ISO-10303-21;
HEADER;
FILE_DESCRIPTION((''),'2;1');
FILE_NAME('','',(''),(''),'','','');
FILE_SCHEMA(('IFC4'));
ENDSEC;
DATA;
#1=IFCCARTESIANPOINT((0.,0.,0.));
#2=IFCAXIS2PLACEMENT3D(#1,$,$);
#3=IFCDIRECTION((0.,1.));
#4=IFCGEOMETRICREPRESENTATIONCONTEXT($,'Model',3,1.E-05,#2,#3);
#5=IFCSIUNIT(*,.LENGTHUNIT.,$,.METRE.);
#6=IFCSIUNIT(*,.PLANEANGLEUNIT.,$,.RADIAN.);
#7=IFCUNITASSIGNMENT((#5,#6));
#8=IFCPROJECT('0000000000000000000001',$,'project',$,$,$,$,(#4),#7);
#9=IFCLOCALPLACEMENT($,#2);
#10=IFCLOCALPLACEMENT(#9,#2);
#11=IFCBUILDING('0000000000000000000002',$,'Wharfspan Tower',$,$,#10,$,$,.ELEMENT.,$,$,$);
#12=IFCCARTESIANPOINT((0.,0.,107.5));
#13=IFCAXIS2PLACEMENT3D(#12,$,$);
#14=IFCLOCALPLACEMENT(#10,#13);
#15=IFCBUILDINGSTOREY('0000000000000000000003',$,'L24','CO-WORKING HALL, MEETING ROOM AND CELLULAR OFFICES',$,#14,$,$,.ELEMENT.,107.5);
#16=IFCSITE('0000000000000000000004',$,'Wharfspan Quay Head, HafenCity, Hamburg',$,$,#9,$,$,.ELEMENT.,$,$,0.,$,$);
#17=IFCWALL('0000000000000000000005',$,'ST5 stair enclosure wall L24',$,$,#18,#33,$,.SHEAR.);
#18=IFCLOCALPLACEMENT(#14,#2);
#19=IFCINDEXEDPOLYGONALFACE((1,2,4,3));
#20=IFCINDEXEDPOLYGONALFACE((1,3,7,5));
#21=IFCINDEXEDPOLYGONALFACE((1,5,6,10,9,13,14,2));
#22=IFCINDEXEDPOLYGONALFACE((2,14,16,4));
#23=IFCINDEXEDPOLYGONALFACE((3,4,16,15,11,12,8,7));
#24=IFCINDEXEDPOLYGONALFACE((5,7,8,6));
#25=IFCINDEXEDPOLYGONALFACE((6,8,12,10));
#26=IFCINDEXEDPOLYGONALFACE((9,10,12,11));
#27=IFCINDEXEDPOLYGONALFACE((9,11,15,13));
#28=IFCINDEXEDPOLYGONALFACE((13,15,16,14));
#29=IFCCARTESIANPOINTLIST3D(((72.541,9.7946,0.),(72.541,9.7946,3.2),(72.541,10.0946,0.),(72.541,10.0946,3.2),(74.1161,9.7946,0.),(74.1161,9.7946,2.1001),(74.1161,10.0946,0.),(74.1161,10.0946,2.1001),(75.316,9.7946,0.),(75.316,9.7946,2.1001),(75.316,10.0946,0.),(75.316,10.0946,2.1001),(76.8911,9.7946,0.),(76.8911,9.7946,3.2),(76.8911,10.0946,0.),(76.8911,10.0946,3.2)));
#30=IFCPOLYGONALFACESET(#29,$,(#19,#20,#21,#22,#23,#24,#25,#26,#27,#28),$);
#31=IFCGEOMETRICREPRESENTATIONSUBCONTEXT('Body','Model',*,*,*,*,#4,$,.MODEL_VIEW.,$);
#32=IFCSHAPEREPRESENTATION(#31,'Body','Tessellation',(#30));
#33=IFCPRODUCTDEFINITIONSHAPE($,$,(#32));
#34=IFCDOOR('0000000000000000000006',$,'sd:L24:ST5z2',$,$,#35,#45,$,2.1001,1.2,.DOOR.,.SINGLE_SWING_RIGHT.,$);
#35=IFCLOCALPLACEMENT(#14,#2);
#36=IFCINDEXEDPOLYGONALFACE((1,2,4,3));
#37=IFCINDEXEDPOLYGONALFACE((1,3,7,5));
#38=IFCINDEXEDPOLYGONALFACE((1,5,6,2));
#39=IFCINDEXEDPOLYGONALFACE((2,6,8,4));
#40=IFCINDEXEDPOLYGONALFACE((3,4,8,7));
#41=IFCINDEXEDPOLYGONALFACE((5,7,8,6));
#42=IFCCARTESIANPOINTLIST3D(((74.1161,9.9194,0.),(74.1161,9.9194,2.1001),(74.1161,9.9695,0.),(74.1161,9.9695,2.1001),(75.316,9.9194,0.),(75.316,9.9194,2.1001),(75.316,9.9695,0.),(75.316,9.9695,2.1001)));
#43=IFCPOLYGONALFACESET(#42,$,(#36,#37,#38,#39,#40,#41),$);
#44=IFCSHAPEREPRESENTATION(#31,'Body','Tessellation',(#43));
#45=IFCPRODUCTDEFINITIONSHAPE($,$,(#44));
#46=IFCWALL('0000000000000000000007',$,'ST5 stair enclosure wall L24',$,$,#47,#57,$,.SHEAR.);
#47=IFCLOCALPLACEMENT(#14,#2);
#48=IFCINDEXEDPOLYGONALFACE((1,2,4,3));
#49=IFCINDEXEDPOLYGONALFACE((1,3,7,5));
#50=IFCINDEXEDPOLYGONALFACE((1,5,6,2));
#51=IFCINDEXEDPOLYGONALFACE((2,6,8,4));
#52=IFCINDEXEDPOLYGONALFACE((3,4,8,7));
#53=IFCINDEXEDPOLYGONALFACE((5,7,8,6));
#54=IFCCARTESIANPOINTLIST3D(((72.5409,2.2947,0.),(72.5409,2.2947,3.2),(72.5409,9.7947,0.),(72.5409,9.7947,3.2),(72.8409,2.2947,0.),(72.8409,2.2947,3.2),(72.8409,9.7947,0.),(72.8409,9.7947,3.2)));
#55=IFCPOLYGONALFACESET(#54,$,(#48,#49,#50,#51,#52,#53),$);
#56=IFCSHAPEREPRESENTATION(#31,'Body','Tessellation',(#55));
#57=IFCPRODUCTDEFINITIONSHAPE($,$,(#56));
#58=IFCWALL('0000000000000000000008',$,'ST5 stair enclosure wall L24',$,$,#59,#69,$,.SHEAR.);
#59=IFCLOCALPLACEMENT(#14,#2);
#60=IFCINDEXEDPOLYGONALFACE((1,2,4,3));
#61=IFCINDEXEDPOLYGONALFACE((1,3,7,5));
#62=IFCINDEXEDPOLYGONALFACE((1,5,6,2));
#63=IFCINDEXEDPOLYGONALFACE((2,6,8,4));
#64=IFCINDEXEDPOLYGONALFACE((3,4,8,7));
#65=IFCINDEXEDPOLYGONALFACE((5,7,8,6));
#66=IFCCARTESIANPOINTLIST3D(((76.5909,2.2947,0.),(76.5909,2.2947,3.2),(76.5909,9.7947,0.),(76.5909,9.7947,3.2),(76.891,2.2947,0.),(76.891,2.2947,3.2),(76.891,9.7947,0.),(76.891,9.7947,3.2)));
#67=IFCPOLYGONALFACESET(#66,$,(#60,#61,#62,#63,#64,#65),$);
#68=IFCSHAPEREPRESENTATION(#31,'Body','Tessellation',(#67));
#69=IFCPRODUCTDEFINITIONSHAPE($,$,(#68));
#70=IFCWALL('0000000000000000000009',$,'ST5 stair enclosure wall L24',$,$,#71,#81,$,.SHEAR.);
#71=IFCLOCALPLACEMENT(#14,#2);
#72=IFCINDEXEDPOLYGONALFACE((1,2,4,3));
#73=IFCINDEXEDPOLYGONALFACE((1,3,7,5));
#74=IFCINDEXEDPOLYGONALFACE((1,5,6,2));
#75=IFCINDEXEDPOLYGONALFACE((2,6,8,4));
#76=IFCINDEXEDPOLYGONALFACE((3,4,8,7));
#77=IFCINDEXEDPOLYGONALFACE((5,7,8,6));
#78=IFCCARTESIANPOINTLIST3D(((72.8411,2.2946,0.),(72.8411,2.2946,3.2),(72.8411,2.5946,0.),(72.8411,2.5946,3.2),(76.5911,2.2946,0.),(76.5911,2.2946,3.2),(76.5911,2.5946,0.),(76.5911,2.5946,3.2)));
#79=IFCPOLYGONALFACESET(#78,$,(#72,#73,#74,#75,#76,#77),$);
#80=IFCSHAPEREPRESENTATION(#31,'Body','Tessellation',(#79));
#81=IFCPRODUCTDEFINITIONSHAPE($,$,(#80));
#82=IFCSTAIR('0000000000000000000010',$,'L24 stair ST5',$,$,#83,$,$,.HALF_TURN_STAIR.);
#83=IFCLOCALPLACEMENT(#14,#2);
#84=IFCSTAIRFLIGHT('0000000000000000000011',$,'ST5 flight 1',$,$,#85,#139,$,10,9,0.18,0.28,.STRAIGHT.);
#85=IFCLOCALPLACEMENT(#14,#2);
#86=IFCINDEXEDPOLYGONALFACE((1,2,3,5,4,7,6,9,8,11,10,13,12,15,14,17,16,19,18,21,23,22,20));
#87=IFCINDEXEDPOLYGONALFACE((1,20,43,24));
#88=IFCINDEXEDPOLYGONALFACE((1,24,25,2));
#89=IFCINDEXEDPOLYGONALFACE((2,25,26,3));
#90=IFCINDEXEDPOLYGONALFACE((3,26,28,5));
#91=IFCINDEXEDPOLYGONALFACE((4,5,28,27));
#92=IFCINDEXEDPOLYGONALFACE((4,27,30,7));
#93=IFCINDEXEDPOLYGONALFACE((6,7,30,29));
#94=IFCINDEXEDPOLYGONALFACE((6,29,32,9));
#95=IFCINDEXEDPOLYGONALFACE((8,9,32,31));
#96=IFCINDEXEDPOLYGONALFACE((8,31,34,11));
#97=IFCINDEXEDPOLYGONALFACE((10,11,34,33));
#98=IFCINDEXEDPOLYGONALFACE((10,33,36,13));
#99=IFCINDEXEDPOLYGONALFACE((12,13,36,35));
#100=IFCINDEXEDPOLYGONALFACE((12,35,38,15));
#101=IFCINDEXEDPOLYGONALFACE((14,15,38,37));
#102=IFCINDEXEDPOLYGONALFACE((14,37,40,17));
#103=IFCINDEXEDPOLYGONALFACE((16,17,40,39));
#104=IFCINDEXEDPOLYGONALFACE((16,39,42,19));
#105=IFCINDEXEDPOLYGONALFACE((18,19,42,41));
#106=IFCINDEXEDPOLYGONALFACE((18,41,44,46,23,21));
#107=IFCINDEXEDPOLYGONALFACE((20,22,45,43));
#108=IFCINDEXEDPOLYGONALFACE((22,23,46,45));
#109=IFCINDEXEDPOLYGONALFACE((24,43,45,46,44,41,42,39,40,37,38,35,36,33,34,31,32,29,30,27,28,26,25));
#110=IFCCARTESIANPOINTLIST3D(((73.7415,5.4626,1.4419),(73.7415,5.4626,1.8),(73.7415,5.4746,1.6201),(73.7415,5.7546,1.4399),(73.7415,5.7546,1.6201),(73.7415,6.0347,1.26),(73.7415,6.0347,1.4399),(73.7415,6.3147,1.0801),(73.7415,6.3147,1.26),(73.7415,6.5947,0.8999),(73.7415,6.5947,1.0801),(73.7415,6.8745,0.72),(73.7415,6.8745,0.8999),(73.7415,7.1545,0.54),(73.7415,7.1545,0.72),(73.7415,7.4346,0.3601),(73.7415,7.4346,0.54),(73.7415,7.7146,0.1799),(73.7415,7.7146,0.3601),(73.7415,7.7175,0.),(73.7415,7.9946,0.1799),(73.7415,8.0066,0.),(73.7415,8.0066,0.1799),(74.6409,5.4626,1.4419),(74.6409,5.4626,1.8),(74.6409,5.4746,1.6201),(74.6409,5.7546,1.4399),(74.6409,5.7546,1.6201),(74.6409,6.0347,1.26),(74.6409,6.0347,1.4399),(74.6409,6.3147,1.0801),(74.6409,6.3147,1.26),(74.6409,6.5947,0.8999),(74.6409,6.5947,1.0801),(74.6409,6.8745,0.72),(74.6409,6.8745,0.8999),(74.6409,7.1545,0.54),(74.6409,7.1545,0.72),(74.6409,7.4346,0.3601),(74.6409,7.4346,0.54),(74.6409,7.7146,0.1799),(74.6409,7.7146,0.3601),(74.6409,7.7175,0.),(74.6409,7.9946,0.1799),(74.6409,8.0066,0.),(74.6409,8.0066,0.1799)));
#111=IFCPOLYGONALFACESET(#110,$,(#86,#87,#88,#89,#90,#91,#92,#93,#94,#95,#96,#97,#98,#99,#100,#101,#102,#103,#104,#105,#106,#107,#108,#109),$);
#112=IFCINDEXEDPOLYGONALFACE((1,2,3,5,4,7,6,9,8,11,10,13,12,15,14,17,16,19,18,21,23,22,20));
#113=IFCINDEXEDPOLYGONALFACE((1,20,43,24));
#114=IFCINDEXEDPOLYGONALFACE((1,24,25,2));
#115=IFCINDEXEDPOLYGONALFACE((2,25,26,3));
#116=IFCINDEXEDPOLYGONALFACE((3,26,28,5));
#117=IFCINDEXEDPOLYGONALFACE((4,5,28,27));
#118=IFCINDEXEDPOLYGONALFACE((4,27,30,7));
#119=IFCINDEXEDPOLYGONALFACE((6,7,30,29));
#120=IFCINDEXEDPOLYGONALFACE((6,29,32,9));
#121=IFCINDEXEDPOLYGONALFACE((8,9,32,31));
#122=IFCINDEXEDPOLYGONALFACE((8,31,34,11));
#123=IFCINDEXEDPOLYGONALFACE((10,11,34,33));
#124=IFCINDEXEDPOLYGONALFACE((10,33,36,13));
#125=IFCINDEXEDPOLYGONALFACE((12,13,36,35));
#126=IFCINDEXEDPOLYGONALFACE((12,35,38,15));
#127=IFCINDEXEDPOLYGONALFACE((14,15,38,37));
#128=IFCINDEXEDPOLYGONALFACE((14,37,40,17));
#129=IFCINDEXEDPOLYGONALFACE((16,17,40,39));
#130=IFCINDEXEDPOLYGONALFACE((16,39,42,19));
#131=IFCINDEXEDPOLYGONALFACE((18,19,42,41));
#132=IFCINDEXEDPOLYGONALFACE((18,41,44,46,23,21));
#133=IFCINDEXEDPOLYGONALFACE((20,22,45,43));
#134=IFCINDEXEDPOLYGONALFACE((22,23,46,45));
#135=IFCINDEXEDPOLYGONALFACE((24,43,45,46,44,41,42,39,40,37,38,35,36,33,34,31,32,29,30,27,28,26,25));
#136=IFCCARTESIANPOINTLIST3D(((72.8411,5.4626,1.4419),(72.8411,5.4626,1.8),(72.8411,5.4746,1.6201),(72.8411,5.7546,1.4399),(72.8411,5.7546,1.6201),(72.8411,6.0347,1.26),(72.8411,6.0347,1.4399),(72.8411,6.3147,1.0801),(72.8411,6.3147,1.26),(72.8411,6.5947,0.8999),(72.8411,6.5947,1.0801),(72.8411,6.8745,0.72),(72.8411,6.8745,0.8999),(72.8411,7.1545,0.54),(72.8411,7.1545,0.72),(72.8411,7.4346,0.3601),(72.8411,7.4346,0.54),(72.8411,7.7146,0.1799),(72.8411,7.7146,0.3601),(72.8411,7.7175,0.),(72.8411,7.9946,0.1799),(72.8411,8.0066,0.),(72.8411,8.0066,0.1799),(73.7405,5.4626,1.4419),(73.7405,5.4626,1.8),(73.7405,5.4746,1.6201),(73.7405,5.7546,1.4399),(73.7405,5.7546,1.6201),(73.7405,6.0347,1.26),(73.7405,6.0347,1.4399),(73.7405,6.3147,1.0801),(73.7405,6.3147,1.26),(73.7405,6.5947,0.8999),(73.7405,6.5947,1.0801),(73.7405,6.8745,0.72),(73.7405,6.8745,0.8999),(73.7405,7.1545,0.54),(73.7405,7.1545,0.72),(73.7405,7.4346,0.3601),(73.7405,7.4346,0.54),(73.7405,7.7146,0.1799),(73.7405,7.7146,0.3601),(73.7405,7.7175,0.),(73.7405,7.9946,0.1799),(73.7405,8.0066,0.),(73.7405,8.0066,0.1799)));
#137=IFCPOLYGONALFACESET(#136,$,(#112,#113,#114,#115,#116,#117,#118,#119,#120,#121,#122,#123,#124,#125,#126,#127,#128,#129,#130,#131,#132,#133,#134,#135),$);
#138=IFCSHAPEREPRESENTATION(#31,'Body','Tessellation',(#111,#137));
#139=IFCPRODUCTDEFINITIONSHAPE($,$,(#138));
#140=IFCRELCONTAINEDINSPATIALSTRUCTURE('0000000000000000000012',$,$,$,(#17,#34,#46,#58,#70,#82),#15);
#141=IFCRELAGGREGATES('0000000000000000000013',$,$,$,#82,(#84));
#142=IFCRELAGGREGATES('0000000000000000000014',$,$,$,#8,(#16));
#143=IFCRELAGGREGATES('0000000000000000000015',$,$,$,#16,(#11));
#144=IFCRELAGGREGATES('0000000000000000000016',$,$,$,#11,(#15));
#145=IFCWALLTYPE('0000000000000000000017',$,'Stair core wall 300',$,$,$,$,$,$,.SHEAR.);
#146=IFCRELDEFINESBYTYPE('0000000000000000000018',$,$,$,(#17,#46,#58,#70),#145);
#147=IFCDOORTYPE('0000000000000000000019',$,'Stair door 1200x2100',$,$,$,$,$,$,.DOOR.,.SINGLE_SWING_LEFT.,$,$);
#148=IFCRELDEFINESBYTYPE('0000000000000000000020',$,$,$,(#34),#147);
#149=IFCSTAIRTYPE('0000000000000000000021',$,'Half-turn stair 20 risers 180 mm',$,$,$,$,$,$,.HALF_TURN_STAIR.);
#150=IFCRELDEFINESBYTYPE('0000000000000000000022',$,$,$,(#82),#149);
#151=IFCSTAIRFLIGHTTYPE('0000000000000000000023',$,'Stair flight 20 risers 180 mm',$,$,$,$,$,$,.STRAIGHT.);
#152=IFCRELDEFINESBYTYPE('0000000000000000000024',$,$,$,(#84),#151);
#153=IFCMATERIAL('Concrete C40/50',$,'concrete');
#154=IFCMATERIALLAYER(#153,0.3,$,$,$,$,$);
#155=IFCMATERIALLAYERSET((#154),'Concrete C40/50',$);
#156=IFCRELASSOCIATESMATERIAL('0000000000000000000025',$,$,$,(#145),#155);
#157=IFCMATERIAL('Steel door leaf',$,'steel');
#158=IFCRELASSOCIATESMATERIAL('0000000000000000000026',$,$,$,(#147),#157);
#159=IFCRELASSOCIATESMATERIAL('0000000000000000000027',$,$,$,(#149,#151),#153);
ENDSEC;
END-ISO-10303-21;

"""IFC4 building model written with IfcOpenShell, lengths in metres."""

from ifc_helpers import new_model, si_unit, direction, frame, frame_2d, origin, place, context, subcontext, project, spatial, polyline, rectangle, outline, extrude, material, layer, layer_set, type_object, element, fill, aggregate, save


model = new_model("IFC4")

# Units and contexts
model_context = context("Model", 3, precision=1e-05, world=origin(), true_north=direction((0.0, 1.0)))
body_context = subcontext(model_context, "Body", "Model", "MODEL_VIEW")
ifc_project = project(units=[si_unit("LENGTHUNIT", "METRE"), si_unit("PLANEANGLEUNIT", "RADIAN")], contexts=[model_context])

# Site, building, storey
site_placement = place(None, origin())
site = spatial("IfcSite", under=ifc_project, at=site_placement, Name="Wharfspan Quay Head, HafenCity, Hamburg", CompositionType="ELEMENT", RefElevation=0.0)
building_placement = place(site_placement, origin())
building = spatial("IfcBuilding", under=site, at=building_placement, Name="Wharfspan Tower", CompositionType="ELEMENT")
storey_placement = place(building_placement, frame((0.0, 0.0, 107.5)))
storey = spatial("IfcBuildingStorey", under=building, at=storey_placement, Name="L24", Description="CO-WORKING HALL, MEETING ROOM AND CELLULAR OFFICES", CompositionType="ELEMENT", Elevation=107.5)

# Wall, opening, door
ifc_material_1 = material(Name="Concrete C40/50", Category="concrete")
ifc_layer_1 = layer(ifc_material_1, 0.3)
ifc_layer_set_1 = layer_set([ifc_layer_1], Name="Concrete C40/50")
wall_type_1 = type_object("IfcWallType", Name="Stair core wall 300", PredefinedType="SHEAR", material=ifc_layer_set_1)
wall_1_placement = place(storey_placement, frame((72.541, 9.9446, 0.0), z_axis=(0.0, 0.0, 1.0), x_axis=(1.0, 0.0, 0.0)))
wall_1 = element("IfcWall", 1, at=wall_1_placement, inside=storey, type_object=wall_type_1, Name="ST5 stair enclosure wall L24", PredefinedType="SHEAR", context=body_context, shape_type="SweptSolid", body=[
    extrude(rectangle(XDim=4.3501, YDim=0.3, at=frame_2d((2.175, 0.0))), origin(), (0.0, 0.0, 1.0), 3.2),
])
opening_placement = place(wall_1_placement, frame((1.575, 0.0, 0.0)))
opening = element("IfcOpeningElement", 2, at=opening_placement, cuts=wall_1, PredefinedType="OPENING", context=body_context, shape_type="SweptSolid", body=[
    extrude(rectangle(XDim=1.2, YDim=2.1001, at=frame_2d((0.6001, 1.05))), frame((0.0, 0.1599, 0.0), z_axis=(0.0, -1.0, 0.0), x_axis=(1.0, 0.0, 0.0)), (0.0, 0.0, 1.0), 0.3201),
])
ifc_material_2 = material(Name="Steel door leaf", Category="steel")
door_type = type_object("IfcDoorType", Name="Stair door 1200x2100", OperationType="SINGLE_SWING_LEFT", PredefinedType="DOOR", material=ifc_material_2)
door_placement = place(opening_placement, origin())
door = element("IfcDoor", 3, at=door_placement, inside=storey, type_object=door_type, Name="sd:L24:ST5z2", OperationType="SINGLE_SWING_RIGHT", OverallHeight=2.1001, OverallWidth=1.2, PredefinedType="DOOR", context=body_context, shape_type="SweptSolid", body=[
    extrude(rectangle(XDim=1.2, YDim=2.1001, at=frame_2d((0.6001, 1.05))), frame((0.0, 0.0249, 0.0), z_axis=(0.0, -1.0, 0.0), x_axis=(1.0, 0.0, 0.0)), (0.0, 0.0, 1.0), 0.05),
])
fill(opening, door)

# Walls
for number, where, z_axis, x_axis, name in (
    (4, (72.6909, 2.2947, 0.0), (0.0, 0.0, 1.0), (0.0, 1.0, 0.0), "ST5 stair enclosure wall L24"),
    (5, (76.741, 2.2947, 0.0), (0.0, 0.0, 1.0), (0.0, 1.0, 0.0), "ST5 stair enclosure wall L24"),
):
    element("IfcWall", number, at=place(storey_placement, frame(where, z_axis=z_axis, x_axis=x_axis)), inside=storey, type_object=wall_type_1, Name=name, PredefinedType="SHEAR", context=body_context, shape_type="SweptSolid", body=[
        extrude(rectangle(XDim=7.5, YDim=0.3, at=frame_2d((3.75, 0.0))), origin(), (0.0, 0.0, 1.0), 3.2),
    ])
wall_2_placement = place(storey_placement, frame((72.8411, 2.4446, 0.0), z_axis=(0.0, 0.0, 1.0), x_axis=(1.0, 0.0, 0.0)))
element("IfcWall", 6, at=wall_2_placement, inside=storey, type_object=wall_type_1, Name="ST5 stair enclosure wall L24", PredefinedType="SHEAR", context=body_context, shape_type="SweptSolid", body=[
    extrude(rectangle(XDim=3.75, YDim=0.3, at=frame_2d((1.875, 0.0))), origin(), (0.0, 0.0, 1.0), 3.2),
])

# Stair, stair flight
stair_type = type_object("IfcStairType", Name="Half-turn stair 20 risers 180 mm", PredefinedType="HALF_TURN_STAIR", material=ifc_material_1)
stair_placement = place(storey_placement, origin())
stair = element("IfcStair", 7, at=stair_placement, inside=storey, type_object=stair_type, Name="L24 stair ST5", PredefinedType="HALF_TURN_STAIR")
stair_flight_type = type_object("IfcStairFlightType", Name="Stair flight 20 risers 180 mm", PredefinedType="STRAIGHT", material=ifc_material_1)
stair_flight_1_placement = place(storey_placement, frame((73.741, 7.9946, 0.0), z_axis=(0.0, 0.0, 1.0), x_axis=(0.0, -1.0, 0.0)))
stair_flight_1 = element("IfcStairFlight", 8, at=stair_flight_1_placement, type_object=stair_flight_type, Name="ST5 flight 1", NumberOfRisers=10, NumberOfTreads=9, PredefinedType="STRAIGHT", RiserHeight=0.18, TreadLength=0.28, context=body_context, shape_type="SweptSolid", body=[
    extrude(outline(polyline([(-0.012, 0.0), (-0.012, 0.1799), (0.0, 0.1799), (0.28, 0.1799), (0.28, 0.3601), (0.5601, 0.3601), (0.5601, 0.54), (0.8401, 0.54), (0.8401, 0.72), (1.1201, 0.72), (1.1201, 0.8999), (1.3999, 0.8999), (1.3999, 1.0801), (1.6799, 1.0801), (1.6799, 1.26), (1.96, 1.26), (1.96, 1.4399), (2.24, 1.4399), (2.24, 1.6201), (2.52, 1.6201), (2.532, 1.8), (2.532, 1.4419), (0.2771, 0.0), (-0.012, 0.0)])), frame((0.0, 0.8999, 0.0), z_axis=(0.0, -1.0, 0.0), x_axis=(1.0, 0.0, 0.0)), (0.0, 0.0, 1.0), 0.8994),
    extrude(outline(polyline([(-0.012, 0.0), (-0.012, 0.1799), (0.0, 0.1799), (0.28, 0.1799), (0.28, 0.3601), (0.5601, 0.3601), (0.5601, 0.54), (0.8401, 0.54), (0.8401, 0.72), (1.1201, 0.72), (1.1201, 0.8999), (1.3999, 0.8999), (1.3999, 1.0801), (1.6799, 1.0801), (1.6799, 1.26), (1.96, 1.26), (1.96, 1.4399), (2.24, 1.4399), (2.24, 1.6201), (2.52, 1.6201), (2.532, 1.8), (2.532, 1.4419), (0.2771, 0.0), (-0.012, 0.0)])), frame((0.0, -0.0005, 0.0), z_axis=(0.0, -1.0, 0.0), x_axis=(1.0, 0.0, 0.0)), (0.0, 0.0, 1.0), 0.8994),
])
aggregate(stair, [stair_flight_1])

save(model, "model.ifc")
